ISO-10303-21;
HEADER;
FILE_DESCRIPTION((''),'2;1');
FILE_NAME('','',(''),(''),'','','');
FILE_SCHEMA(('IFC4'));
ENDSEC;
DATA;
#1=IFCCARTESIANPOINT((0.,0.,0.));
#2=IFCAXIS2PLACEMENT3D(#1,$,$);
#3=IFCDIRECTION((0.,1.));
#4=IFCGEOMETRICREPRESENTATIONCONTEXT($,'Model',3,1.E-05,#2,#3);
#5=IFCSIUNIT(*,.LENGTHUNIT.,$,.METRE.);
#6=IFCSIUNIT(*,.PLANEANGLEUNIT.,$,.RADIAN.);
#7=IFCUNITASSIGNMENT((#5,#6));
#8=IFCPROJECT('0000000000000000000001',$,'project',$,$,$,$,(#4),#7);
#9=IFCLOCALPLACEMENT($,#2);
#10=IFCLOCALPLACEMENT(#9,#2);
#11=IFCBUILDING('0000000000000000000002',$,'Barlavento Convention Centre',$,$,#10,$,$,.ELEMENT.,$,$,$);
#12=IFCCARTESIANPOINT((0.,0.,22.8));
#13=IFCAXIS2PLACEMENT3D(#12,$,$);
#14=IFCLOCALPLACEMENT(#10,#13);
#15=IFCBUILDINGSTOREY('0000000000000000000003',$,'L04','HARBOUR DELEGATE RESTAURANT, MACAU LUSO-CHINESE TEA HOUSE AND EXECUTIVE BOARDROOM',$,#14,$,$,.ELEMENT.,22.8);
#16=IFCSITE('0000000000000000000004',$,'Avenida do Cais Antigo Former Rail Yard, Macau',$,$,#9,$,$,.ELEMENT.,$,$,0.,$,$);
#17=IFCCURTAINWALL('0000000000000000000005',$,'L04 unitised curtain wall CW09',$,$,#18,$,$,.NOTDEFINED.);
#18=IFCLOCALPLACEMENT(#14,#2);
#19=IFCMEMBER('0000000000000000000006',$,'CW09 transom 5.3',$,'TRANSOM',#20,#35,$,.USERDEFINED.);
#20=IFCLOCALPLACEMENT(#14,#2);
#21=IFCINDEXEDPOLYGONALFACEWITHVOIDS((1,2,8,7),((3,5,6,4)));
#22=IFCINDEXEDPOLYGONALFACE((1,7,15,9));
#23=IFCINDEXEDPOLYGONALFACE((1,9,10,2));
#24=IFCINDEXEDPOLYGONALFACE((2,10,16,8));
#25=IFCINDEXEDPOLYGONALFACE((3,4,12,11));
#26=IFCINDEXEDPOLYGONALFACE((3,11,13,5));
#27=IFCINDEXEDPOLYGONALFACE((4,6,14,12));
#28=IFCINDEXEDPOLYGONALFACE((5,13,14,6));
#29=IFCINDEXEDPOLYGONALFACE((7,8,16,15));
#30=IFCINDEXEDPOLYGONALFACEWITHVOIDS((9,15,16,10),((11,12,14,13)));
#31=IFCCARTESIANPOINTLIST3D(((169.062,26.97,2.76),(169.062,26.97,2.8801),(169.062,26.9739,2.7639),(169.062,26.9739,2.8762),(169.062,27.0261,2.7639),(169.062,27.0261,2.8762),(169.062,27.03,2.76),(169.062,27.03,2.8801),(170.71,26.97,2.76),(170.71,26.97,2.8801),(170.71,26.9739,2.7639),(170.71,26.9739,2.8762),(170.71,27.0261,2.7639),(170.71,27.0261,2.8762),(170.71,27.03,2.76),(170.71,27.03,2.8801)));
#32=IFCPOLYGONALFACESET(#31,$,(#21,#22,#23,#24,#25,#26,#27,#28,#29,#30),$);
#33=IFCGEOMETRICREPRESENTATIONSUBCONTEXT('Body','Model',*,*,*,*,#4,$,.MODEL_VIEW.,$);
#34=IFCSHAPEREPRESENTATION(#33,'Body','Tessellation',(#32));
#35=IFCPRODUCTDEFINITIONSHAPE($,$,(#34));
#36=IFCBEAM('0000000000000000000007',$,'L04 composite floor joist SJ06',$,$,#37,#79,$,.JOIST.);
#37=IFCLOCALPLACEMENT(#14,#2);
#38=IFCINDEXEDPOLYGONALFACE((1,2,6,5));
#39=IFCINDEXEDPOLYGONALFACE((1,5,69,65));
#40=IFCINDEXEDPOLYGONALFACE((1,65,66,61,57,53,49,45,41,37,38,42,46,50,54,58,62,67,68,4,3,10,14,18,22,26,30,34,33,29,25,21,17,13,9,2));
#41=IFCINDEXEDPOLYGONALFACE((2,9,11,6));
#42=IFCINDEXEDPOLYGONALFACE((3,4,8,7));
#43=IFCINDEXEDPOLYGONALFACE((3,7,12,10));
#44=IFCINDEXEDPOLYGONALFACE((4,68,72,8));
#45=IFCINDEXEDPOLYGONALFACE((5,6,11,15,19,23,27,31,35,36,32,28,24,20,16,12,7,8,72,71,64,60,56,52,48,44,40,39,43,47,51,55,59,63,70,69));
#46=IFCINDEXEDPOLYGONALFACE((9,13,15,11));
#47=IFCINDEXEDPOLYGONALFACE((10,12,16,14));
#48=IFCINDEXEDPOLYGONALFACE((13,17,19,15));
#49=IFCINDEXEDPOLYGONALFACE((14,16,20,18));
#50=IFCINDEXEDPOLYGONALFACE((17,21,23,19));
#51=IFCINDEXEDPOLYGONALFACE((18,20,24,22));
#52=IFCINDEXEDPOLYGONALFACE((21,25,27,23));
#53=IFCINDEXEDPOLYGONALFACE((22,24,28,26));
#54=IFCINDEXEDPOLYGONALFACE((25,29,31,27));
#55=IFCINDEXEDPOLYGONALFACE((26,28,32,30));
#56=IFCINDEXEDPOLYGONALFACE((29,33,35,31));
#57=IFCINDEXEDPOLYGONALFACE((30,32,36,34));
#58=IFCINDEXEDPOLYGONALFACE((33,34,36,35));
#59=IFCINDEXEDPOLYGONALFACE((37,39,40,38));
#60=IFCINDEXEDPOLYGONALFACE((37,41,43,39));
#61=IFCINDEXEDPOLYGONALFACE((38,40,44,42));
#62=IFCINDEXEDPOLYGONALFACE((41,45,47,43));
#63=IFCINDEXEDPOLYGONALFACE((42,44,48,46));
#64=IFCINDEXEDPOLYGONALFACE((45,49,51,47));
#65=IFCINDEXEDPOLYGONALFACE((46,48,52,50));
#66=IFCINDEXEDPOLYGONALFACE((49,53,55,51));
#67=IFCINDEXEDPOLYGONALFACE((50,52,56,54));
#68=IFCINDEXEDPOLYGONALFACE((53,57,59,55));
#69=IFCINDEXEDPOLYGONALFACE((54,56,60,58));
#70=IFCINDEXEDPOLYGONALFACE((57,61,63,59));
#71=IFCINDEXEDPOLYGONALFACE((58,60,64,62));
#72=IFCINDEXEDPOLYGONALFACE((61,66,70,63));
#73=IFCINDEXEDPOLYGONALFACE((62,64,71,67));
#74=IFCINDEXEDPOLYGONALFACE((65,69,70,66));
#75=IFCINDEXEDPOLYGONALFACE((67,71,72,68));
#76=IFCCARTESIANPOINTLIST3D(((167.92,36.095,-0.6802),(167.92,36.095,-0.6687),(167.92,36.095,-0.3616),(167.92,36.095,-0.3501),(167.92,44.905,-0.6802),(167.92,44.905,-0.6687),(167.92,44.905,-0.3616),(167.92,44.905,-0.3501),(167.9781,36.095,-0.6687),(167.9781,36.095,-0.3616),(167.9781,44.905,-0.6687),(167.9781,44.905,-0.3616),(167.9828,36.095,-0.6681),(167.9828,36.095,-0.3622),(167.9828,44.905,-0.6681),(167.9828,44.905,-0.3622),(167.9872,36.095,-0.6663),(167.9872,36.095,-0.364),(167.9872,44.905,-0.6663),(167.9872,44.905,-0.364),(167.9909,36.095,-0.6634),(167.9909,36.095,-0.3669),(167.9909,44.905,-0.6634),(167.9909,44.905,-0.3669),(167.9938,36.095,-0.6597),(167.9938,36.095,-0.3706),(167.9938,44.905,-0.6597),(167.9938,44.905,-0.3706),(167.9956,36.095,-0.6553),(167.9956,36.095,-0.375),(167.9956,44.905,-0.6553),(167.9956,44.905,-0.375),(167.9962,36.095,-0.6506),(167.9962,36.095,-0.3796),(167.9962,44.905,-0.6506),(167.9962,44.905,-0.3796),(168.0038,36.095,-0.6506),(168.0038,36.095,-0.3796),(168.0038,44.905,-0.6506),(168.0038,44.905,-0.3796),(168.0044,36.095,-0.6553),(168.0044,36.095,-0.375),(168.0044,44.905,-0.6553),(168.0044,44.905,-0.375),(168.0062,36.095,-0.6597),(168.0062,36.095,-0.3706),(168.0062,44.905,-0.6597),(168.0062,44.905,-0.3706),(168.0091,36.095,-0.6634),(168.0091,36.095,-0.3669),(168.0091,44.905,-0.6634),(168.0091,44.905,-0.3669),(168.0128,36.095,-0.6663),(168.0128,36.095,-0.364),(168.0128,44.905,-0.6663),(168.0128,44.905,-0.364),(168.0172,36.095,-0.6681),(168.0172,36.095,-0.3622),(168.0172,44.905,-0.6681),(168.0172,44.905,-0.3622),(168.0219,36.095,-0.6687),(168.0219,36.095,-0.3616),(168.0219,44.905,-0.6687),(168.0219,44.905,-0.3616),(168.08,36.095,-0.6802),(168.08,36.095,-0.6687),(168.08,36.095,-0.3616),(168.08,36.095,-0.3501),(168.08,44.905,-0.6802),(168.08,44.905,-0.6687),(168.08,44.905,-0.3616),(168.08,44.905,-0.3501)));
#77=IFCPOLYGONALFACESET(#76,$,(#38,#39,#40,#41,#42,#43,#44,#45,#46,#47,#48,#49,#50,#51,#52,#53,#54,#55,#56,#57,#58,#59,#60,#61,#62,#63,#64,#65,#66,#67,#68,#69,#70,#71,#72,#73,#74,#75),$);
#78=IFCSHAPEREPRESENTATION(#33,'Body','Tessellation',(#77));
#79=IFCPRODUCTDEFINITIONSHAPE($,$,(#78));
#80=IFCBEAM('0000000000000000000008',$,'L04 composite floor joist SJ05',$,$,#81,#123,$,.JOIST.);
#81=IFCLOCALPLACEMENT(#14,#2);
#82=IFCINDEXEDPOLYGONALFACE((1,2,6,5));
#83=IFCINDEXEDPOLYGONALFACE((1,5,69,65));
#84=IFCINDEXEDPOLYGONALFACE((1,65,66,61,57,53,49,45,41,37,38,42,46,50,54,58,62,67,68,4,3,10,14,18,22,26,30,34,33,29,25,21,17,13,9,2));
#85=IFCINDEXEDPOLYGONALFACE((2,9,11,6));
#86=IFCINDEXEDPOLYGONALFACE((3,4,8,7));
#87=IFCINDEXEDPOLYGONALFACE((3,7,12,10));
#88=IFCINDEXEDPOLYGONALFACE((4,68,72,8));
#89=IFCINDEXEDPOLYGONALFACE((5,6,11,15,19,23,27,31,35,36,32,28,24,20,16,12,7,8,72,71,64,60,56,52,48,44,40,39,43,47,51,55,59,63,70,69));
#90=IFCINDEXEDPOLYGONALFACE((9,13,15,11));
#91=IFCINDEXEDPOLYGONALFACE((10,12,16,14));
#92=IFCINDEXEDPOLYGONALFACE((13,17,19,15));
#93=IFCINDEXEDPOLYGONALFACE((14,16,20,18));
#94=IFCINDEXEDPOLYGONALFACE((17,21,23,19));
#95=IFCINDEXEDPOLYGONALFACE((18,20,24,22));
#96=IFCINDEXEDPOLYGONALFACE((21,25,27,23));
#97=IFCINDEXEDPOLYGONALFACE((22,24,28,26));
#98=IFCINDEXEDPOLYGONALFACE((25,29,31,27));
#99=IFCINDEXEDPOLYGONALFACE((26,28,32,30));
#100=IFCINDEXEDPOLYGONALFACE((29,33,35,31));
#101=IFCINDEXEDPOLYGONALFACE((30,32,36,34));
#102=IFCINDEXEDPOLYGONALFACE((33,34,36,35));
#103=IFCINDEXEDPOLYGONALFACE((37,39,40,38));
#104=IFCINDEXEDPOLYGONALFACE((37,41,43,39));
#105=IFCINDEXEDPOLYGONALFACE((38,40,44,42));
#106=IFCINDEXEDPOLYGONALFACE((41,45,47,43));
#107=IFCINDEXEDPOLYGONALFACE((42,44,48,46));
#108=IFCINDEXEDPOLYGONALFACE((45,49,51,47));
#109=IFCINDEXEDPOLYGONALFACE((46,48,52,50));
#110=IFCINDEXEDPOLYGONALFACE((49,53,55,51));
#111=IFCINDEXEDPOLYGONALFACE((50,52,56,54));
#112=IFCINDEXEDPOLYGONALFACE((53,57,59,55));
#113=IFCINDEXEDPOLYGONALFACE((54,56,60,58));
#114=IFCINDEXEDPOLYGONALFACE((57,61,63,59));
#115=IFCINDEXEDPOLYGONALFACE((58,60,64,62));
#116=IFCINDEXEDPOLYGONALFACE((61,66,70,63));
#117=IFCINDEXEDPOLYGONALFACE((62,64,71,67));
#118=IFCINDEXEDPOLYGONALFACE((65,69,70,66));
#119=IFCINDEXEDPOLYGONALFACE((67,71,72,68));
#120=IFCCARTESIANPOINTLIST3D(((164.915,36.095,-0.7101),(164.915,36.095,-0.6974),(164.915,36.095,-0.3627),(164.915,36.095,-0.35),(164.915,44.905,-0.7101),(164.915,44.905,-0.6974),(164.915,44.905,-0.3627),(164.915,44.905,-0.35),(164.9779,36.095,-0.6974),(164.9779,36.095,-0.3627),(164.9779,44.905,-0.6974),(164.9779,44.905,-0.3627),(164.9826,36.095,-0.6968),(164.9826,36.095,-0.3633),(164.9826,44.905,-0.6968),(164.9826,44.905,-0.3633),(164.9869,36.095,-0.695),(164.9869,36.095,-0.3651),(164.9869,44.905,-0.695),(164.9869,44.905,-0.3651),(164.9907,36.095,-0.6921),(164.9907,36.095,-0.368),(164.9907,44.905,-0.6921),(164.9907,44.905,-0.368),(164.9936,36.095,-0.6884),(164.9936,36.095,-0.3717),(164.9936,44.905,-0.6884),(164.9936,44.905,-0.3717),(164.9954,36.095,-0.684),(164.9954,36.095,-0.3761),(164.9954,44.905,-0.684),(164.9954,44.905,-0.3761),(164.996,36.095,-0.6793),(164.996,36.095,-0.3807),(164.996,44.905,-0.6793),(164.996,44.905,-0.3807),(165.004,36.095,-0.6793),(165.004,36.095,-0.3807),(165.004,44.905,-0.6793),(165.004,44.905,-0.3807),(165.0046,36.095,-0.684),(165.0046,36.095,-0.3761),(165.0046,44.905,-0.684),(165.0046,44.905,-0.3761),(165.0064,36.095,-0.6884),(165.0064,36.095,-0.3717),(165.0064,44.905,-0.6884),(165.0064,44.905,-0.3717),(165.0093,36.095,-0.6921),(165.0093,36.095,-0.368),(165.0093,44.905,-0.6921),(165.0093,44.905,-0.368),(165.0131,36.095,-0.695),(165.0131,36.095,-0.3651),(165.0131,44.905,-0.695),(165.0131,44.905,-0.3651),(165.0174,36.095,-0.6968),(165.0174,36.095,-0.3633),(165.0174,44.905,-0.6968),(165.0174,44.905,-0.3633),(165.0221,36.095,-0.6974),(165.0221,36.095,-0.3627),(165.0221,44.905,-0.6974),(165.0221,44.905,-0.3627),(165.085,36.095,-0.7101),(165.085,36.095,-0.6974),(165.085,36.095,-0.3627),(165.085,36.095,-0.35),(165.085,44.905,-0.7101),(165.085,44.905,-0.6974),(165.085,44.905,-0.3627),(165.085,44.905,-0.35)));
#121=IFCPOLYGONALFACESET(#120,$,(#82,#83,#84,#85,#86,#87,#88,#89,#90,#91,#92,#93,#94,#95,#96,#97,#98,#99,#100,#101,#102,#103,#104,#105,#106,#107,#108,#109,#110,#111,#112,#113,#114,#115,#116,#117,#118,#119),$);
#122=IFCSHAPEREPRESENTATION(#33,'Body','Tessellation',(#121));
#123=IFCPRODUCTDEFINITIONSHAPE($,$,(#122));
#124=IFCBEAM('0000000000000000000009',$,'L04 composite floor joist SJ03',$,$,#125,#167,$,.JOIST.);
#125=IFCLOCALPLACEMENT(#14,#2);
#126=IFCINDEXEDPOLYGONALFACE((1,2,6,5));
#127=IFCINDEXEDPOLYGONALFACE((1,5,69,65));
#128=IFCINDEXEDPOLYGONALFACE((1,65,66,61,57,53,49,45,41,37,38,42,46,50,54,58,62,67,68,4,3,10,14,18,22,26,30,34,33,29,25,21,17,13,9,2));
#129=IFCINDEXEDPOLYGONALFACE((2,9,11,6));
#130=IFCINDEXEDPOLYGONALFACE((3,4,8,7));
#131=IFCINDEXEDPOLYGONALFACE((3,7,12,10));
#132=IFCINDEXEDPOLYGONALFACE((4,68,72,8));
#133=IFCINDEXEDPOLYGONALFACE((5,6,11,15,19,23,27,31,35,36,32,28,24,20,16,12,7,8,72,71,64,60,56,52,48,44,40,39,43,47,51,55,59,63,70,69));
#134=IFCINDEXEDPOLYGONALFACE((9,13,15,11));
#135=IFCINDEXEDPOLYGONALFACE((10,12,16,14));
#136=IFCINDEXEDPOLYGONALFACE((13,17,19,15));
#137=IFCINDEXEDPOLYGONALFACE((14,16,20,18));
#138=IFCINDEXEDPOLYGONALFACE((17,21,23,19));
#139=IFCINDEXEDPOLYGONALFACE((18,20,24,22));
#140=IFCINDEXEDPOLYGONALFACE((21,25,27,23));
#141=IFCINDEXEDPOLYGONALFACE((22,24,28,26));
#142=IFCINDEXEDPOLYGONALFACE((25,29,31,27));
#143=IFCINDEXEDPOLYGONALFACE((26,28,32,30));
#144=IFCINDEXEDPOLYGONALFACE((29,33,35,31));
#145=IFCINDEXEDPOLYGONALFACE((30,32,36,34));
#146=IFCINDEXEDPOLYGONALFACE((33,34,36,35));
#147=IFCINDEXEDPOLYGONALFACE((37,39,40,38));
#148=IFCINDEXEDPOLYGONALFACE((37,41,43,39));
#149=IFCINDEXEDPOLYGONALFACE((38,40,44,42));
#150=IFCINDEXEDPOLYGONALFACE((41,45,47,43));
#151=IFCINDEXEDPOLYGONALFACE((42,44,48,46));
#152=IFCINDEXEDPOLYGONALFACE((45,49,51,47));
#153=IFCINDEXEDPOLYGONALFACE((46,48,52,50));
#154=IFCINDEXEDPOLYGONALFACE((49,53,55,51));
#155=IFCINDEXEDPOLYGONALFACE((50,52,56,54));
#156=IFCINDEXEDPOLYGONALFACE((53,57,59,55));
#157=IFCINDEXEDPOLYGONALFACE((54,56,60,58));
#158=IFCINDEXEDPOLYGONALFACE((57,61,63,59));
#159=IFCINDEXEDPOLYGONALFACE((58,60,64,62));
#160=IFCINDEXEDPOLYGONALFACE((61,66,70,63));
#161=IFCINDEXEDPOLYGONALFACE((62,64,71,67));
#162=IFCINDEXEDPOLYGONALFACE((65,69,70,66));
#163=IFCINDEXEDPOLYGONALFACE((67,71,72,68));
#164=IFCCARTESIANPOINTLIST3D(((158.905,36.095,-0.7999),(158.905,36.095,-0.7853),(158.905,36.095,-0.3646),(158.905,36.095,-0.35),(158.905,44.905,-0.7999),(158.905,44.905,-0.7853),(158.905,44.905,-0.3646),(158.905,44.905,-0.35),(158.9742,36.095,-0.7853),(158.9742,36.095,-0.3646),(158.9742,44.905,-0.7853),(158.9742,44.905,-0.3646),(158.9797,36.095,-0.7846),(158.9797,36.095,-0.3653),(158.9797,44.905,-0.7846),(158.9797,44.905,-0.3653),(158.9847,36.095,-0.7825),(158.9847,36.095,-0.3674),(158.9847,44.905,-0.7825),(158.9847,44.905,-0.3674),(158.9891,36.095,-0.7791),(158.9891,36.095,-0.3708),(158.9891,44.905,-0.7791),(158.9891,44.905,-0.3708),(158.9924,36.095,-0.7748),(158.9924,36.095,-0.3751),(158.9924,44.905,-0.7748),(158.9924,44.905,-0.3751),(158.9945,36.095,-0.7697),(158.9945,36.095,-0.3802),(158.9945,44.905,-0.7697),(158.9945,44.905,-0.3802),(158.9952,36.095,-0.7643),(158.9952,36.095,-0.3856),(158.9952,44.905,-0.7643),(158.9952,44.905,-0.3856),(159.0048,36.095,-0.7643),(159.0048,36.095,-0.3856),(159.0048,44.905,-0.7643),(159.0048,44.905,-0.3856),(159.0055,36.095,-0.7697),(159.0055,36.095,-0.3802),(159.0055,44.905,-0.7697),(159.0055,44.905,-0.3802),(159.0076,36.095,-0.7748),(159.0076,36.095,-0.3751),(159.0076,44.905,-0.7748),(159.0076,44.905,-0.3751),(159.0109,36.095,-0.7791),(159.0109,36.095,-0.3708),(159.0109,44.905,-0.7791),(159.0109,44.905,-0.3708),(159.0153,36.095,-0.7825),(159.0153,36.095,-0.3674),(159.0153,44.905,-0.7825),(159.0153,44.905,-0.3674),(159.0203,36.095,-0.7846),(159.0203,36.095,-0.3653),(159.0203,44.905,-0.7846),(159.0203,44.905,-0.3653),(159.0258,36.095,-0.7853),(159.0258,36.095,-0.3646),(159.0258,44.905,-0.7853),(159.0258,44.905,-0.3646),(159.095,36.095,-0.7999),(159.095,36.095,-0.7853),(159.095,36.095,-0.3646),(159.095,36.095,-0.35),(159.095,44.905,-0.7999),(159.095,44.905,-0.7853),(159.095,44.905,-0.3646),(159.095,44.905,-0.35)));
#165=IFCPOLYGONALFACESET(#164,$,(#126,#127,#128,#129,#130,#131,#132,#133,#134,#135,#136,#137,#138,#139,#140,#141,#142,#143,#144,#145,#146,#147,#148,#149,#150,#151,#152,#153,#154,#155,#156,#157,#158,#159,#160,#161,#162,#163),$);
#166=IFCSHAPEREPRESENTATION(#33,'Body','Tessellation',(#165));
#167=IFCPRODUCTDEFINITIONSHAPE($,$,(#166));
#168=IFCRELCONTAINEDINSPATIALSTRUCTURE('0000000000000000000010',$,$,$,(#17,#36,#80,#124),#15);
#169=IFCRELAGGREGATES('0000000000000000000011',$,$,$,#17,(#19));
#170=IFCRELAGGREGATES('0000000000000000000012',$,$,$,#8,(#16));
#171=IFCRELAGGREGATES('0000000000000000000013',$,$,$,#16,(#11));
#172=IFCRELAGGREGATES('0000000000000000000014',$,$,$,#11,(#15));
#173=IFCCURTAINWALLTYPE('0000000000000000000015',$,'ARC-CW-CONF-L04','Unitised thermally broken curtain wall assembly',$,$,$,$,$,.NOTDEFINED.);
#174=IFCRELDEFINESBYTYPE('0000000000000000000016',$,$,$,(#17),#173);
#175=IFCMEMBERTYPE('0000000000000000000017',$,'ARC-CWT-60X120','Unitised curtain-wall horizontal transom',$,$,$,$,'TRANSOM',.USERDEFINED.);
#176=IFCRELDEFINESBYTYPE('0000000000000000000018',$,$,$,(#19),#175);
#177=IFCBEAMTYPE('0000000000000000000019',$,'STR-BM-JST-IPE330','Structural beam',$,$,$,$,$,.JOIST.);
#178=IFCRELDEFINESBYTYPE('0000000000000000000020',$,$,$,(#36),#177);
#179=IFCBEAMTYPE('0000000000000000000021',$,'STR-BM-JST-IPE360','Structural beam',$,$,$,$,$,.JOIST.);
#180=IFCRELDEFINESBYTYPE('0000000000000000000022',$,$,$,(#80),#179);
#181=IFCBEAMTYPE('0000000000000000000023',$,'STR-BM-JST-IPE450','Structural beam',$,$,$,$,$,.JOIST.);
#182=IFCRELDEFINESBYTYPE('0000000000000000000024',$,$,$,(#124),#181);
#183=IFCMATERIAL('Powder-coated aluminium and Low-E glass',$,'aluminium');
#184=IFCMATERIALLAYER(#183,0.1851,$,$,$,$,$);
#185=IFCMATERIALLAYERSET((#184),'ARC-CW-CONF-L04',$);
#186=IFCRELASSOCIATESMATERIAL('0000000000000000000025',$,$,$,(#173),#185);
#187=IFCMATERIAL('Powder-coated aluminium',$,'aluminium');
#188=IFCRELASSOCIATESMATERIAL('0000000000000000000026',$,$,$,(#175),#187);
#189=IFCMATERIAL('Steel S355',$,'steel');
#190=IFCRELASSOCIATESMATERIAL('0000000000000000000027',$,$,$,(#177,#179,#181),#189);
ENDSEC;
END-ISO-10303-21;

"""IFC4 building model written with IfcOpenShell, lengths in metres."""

from ifc_helpers import new_model, si_unit, direction, frame, origin, origin_2d, place, context, subcontext, project, spatial, hollow_rectangle, i_section, extrude, material, layer, layer_set, material_profile, profile_set, type_object, element, aggregate, save


model = new_model("IFC4")

# Units and contexts
model_context = context("Model", 3, precision=1e-05, world=origin(), true_north=direction((0.0, 1.0)))
body_context = subcontext(model_context, "Body", "Model", "MODEL_VIEW")
ifc_project = project(units=[si_unit("LENGTHUNIT", "METRE"), si_unit("PLANEANGLEUNIT", "RADIAN")], contexts=[model_context])

# Site, building, storey
site_placement = place(None, origin())
site = spatial("IfcSite", under=ifc_project, at=site_placement, Name="Avenida do Cais Antigo Former Rail Yard, Macau", CompositionType="ELEMENT", RefElevation=0.0)
building_placement = place(site_placement, origin())
building = spatial("IfcBuilding", under=site, at=building_placement, Name="Barlavento Convention Centre", CompositionType="ELEMENT")
storey_placement = place(building_placement, frame((0.0, 0.0, 22.8)))
storey = spatial("IfcBuildingStorey", under=building, at=storey_placement, Name="L04", Description="HARBOUR DELEGATE RESTAURANT, MACAU LUSO-CHINESE TEA HOUSE AND EXECUTIVE BOARDROOM", CompositionType="ELEMENT", Elevation=22.8)

# Shared definitions
ifc_material_1 = material(Name="Steel S355", Category="steel")

# Curtain wall, member
ifc_material_2 = material(Name="Powder-coated aluminium and Low-E glass", Category="aluminium")
ifc_layer_1 = layer(ifc_material_2, 0.1851)
ifc_layer_set_1 = layer_set([ifc_layer_1], Name="ARC-CW-CONF-L04")
curtain_wall_type = type_object("IfcCurtainWallType", Name="ARC-CW-CONF-L04", Description="Unitised thermally broken curtain wall assembly", PredefinedType="NOTDEFINED", material=ifc_layer_set_1)
curtain_wall_placement = place(storey_placement, origin())
curtain_wall = element("IfcCurtainWall", 1, at=curtain_wall_placement, inside=storey, type_object=curtain_wall_type, Name="L04 unitised curtain wall CW09", PredefinedType="NOTDEFINED")
ifc_material_3 = material(Name="Powder-coated aluminium", Category="aluminium")
ifc_material_profile_1 = material_profile(ifc_material_3, hollow_rectangle(XDim=0.0601, YDim=0.1201, WallThickness=0.0039, at=origin_2d()), Name="AL-TRAN 60x120x4")
ifc_profile_set_1 = profile_set([ifc_material_profile_1], Name="Powder-coated aluminium")
member_type_1 = type_object("IfcMemberType", Name="ARC-CWT-60X120", Description="Unitised curtain-wall horizontal transom", ElementType="TRANSOM", PredefinedType="USERDEFINED", material=ifc_profile_set_1)
member_1_placement = place(storey_placement, frame((169.062, 27.0, 2.8201), z_axis=(1.0, 0.0, 0.0), x_axis=(0.0, 1.0, 0.0)))
member_1 = element("IfcMember", 2, at=member_1_placement, type_object=member_type_1, Name="CW09 transom 5.3", ObjectType="TRANSOM", PredefinedType="USERDEFINED", context=body_context, shape_type="SweptSolid", body=[
    extrude(hollow_rectangle(XDim=0.0601, YDim=0.1201, WallThickness=0.0039, at=origin_2d()), origin(), (0.0, 0.0, 1.0), 1.6479),
])

# Beams
ifc_material_profile_2 = material_profile(ifc_material_1, i_section(OverallWidth=0.1599, OverallDepth=0.3301, WebThickness=0.0076, FlangeThickness=0.0115, FilletRadius=0.0181, at=origin_2d()), Name="IPE 330")
ifc_profile_set_2 = profile_set([ifc_material_profile_2], Name="Steel S355")
beam_type_1 = type_object("IfcBeamType", Name="STR-BM-JST-IPE330", Description="Structural beam", PredefinedType="JOIST", material=ifc_profile_set_2)
beam_1_placement = place(storey_placement, frame((168.0, 36.095, -0.5151), z_axis=(0.0, 1.0, 0.0), x_axis=(-1.0, 0.0, 0.0)))
element("IfcBeam", 3, at=beam_1_placement, inside=storey, type_object=beam_type_1, Name="L04 composite floor joist SJ06", PredefinedType="JOIST", context=body_context, shape_type="SweptSolid", body=[
    extrude(i_section(OverallWidth=0.1599, OverallDepth=0.3301, WebThickness=0.0076, FlangeThickness=0.0115, FilletRadius=0.0181, at=origin_2d()), origin(), (0.0, 0.0, 1.0), 8.8101),
])
ifc_material_profile_3 = material_profile(ifc_material_1, i_section(OverallWidth=0.1699, OverallDepth=0.3601, WebThickness=0.0081, FlangeThickness=0.0127, FilletRadius=0.0181, at=origin_2d()), Name="IPE 360")
ifc_profile_set_3 = profile_set([ifc_material_profile_3], Name="Steel S355")
beam_type_2 = type_object("IfcBeamType", Name="STR-BM-JST-IPE360", Description="Structural beam", PredefinedType="JOIST", material=ifc_profile_set_3)
beam_2_placement = place(storey_placement, frame((165.0, 36.095, -0.53), z_axis=(0.0, 1.0, 0.0), x_axis=(-1.0, 0.0, 0.0)))
element("IfcBeam", 4, at=beam_2_placement, inside=storey, type_object=beam_type_2, Name="L04 composite floor joist SJ05", PredefinedType="JOIST", context=body_context, shape_type="SweptSolid", body=[
    extrude(i_section(OverallWidth=0.1699, OverallDepth=0.3601, WebThickness=0.0081, FlangeThickness=0.0127, FilletRadius=0.0181, at=origin_2d()), origin(), (0.0, 0.0, 1.0), 8.8101),
])
ifc_material_profile_4 = material_profile(ifc_material_1, i_section(OverallWidth=0.1899, OverallDepth=0.45, WebThickness=0.0095, FlangeThickness=0.0146, FilletRadius=0.021, at=origin_2d()), Name="IPE 450")
ifc_profile_set_4 = profile_set([ifc_material_profile_4], Name="Steel S355")
beam_type_3 = type_object("IfcBeamType", Name="STR-BM-JST-IPE450", Description="Structural beam", PredefinedType="JOIST", material=ifc_profile_set_4)
beam_3_placement = place(storey_placement, frame((159.0, 36.095, -0.575), z_axis=(0.0, 1.0, 0.0), x_axis=(-1.0, 0.0, 0.0)))
element("IfcBeam", 5, at=beam_3_placement, inside=storey, type_object=beam_type_3, Name="L04 composite floor joist SJ03", PredefinedType="JOIST", context=body_context, shape_type="SweptSolid", body=[
    extrude(i_section(OverallWidth=0.1899, OverallDepth=0.45, WebThickness=0.0095, FlangeThickness=0.0146, FilletRadius=0.021, at=origin_2d()), origin(), (0.0, 0.0, 1.0), 8.8101),
])

aggregate(curtain_wall, [member_1])

save(model, "model.ifc")
